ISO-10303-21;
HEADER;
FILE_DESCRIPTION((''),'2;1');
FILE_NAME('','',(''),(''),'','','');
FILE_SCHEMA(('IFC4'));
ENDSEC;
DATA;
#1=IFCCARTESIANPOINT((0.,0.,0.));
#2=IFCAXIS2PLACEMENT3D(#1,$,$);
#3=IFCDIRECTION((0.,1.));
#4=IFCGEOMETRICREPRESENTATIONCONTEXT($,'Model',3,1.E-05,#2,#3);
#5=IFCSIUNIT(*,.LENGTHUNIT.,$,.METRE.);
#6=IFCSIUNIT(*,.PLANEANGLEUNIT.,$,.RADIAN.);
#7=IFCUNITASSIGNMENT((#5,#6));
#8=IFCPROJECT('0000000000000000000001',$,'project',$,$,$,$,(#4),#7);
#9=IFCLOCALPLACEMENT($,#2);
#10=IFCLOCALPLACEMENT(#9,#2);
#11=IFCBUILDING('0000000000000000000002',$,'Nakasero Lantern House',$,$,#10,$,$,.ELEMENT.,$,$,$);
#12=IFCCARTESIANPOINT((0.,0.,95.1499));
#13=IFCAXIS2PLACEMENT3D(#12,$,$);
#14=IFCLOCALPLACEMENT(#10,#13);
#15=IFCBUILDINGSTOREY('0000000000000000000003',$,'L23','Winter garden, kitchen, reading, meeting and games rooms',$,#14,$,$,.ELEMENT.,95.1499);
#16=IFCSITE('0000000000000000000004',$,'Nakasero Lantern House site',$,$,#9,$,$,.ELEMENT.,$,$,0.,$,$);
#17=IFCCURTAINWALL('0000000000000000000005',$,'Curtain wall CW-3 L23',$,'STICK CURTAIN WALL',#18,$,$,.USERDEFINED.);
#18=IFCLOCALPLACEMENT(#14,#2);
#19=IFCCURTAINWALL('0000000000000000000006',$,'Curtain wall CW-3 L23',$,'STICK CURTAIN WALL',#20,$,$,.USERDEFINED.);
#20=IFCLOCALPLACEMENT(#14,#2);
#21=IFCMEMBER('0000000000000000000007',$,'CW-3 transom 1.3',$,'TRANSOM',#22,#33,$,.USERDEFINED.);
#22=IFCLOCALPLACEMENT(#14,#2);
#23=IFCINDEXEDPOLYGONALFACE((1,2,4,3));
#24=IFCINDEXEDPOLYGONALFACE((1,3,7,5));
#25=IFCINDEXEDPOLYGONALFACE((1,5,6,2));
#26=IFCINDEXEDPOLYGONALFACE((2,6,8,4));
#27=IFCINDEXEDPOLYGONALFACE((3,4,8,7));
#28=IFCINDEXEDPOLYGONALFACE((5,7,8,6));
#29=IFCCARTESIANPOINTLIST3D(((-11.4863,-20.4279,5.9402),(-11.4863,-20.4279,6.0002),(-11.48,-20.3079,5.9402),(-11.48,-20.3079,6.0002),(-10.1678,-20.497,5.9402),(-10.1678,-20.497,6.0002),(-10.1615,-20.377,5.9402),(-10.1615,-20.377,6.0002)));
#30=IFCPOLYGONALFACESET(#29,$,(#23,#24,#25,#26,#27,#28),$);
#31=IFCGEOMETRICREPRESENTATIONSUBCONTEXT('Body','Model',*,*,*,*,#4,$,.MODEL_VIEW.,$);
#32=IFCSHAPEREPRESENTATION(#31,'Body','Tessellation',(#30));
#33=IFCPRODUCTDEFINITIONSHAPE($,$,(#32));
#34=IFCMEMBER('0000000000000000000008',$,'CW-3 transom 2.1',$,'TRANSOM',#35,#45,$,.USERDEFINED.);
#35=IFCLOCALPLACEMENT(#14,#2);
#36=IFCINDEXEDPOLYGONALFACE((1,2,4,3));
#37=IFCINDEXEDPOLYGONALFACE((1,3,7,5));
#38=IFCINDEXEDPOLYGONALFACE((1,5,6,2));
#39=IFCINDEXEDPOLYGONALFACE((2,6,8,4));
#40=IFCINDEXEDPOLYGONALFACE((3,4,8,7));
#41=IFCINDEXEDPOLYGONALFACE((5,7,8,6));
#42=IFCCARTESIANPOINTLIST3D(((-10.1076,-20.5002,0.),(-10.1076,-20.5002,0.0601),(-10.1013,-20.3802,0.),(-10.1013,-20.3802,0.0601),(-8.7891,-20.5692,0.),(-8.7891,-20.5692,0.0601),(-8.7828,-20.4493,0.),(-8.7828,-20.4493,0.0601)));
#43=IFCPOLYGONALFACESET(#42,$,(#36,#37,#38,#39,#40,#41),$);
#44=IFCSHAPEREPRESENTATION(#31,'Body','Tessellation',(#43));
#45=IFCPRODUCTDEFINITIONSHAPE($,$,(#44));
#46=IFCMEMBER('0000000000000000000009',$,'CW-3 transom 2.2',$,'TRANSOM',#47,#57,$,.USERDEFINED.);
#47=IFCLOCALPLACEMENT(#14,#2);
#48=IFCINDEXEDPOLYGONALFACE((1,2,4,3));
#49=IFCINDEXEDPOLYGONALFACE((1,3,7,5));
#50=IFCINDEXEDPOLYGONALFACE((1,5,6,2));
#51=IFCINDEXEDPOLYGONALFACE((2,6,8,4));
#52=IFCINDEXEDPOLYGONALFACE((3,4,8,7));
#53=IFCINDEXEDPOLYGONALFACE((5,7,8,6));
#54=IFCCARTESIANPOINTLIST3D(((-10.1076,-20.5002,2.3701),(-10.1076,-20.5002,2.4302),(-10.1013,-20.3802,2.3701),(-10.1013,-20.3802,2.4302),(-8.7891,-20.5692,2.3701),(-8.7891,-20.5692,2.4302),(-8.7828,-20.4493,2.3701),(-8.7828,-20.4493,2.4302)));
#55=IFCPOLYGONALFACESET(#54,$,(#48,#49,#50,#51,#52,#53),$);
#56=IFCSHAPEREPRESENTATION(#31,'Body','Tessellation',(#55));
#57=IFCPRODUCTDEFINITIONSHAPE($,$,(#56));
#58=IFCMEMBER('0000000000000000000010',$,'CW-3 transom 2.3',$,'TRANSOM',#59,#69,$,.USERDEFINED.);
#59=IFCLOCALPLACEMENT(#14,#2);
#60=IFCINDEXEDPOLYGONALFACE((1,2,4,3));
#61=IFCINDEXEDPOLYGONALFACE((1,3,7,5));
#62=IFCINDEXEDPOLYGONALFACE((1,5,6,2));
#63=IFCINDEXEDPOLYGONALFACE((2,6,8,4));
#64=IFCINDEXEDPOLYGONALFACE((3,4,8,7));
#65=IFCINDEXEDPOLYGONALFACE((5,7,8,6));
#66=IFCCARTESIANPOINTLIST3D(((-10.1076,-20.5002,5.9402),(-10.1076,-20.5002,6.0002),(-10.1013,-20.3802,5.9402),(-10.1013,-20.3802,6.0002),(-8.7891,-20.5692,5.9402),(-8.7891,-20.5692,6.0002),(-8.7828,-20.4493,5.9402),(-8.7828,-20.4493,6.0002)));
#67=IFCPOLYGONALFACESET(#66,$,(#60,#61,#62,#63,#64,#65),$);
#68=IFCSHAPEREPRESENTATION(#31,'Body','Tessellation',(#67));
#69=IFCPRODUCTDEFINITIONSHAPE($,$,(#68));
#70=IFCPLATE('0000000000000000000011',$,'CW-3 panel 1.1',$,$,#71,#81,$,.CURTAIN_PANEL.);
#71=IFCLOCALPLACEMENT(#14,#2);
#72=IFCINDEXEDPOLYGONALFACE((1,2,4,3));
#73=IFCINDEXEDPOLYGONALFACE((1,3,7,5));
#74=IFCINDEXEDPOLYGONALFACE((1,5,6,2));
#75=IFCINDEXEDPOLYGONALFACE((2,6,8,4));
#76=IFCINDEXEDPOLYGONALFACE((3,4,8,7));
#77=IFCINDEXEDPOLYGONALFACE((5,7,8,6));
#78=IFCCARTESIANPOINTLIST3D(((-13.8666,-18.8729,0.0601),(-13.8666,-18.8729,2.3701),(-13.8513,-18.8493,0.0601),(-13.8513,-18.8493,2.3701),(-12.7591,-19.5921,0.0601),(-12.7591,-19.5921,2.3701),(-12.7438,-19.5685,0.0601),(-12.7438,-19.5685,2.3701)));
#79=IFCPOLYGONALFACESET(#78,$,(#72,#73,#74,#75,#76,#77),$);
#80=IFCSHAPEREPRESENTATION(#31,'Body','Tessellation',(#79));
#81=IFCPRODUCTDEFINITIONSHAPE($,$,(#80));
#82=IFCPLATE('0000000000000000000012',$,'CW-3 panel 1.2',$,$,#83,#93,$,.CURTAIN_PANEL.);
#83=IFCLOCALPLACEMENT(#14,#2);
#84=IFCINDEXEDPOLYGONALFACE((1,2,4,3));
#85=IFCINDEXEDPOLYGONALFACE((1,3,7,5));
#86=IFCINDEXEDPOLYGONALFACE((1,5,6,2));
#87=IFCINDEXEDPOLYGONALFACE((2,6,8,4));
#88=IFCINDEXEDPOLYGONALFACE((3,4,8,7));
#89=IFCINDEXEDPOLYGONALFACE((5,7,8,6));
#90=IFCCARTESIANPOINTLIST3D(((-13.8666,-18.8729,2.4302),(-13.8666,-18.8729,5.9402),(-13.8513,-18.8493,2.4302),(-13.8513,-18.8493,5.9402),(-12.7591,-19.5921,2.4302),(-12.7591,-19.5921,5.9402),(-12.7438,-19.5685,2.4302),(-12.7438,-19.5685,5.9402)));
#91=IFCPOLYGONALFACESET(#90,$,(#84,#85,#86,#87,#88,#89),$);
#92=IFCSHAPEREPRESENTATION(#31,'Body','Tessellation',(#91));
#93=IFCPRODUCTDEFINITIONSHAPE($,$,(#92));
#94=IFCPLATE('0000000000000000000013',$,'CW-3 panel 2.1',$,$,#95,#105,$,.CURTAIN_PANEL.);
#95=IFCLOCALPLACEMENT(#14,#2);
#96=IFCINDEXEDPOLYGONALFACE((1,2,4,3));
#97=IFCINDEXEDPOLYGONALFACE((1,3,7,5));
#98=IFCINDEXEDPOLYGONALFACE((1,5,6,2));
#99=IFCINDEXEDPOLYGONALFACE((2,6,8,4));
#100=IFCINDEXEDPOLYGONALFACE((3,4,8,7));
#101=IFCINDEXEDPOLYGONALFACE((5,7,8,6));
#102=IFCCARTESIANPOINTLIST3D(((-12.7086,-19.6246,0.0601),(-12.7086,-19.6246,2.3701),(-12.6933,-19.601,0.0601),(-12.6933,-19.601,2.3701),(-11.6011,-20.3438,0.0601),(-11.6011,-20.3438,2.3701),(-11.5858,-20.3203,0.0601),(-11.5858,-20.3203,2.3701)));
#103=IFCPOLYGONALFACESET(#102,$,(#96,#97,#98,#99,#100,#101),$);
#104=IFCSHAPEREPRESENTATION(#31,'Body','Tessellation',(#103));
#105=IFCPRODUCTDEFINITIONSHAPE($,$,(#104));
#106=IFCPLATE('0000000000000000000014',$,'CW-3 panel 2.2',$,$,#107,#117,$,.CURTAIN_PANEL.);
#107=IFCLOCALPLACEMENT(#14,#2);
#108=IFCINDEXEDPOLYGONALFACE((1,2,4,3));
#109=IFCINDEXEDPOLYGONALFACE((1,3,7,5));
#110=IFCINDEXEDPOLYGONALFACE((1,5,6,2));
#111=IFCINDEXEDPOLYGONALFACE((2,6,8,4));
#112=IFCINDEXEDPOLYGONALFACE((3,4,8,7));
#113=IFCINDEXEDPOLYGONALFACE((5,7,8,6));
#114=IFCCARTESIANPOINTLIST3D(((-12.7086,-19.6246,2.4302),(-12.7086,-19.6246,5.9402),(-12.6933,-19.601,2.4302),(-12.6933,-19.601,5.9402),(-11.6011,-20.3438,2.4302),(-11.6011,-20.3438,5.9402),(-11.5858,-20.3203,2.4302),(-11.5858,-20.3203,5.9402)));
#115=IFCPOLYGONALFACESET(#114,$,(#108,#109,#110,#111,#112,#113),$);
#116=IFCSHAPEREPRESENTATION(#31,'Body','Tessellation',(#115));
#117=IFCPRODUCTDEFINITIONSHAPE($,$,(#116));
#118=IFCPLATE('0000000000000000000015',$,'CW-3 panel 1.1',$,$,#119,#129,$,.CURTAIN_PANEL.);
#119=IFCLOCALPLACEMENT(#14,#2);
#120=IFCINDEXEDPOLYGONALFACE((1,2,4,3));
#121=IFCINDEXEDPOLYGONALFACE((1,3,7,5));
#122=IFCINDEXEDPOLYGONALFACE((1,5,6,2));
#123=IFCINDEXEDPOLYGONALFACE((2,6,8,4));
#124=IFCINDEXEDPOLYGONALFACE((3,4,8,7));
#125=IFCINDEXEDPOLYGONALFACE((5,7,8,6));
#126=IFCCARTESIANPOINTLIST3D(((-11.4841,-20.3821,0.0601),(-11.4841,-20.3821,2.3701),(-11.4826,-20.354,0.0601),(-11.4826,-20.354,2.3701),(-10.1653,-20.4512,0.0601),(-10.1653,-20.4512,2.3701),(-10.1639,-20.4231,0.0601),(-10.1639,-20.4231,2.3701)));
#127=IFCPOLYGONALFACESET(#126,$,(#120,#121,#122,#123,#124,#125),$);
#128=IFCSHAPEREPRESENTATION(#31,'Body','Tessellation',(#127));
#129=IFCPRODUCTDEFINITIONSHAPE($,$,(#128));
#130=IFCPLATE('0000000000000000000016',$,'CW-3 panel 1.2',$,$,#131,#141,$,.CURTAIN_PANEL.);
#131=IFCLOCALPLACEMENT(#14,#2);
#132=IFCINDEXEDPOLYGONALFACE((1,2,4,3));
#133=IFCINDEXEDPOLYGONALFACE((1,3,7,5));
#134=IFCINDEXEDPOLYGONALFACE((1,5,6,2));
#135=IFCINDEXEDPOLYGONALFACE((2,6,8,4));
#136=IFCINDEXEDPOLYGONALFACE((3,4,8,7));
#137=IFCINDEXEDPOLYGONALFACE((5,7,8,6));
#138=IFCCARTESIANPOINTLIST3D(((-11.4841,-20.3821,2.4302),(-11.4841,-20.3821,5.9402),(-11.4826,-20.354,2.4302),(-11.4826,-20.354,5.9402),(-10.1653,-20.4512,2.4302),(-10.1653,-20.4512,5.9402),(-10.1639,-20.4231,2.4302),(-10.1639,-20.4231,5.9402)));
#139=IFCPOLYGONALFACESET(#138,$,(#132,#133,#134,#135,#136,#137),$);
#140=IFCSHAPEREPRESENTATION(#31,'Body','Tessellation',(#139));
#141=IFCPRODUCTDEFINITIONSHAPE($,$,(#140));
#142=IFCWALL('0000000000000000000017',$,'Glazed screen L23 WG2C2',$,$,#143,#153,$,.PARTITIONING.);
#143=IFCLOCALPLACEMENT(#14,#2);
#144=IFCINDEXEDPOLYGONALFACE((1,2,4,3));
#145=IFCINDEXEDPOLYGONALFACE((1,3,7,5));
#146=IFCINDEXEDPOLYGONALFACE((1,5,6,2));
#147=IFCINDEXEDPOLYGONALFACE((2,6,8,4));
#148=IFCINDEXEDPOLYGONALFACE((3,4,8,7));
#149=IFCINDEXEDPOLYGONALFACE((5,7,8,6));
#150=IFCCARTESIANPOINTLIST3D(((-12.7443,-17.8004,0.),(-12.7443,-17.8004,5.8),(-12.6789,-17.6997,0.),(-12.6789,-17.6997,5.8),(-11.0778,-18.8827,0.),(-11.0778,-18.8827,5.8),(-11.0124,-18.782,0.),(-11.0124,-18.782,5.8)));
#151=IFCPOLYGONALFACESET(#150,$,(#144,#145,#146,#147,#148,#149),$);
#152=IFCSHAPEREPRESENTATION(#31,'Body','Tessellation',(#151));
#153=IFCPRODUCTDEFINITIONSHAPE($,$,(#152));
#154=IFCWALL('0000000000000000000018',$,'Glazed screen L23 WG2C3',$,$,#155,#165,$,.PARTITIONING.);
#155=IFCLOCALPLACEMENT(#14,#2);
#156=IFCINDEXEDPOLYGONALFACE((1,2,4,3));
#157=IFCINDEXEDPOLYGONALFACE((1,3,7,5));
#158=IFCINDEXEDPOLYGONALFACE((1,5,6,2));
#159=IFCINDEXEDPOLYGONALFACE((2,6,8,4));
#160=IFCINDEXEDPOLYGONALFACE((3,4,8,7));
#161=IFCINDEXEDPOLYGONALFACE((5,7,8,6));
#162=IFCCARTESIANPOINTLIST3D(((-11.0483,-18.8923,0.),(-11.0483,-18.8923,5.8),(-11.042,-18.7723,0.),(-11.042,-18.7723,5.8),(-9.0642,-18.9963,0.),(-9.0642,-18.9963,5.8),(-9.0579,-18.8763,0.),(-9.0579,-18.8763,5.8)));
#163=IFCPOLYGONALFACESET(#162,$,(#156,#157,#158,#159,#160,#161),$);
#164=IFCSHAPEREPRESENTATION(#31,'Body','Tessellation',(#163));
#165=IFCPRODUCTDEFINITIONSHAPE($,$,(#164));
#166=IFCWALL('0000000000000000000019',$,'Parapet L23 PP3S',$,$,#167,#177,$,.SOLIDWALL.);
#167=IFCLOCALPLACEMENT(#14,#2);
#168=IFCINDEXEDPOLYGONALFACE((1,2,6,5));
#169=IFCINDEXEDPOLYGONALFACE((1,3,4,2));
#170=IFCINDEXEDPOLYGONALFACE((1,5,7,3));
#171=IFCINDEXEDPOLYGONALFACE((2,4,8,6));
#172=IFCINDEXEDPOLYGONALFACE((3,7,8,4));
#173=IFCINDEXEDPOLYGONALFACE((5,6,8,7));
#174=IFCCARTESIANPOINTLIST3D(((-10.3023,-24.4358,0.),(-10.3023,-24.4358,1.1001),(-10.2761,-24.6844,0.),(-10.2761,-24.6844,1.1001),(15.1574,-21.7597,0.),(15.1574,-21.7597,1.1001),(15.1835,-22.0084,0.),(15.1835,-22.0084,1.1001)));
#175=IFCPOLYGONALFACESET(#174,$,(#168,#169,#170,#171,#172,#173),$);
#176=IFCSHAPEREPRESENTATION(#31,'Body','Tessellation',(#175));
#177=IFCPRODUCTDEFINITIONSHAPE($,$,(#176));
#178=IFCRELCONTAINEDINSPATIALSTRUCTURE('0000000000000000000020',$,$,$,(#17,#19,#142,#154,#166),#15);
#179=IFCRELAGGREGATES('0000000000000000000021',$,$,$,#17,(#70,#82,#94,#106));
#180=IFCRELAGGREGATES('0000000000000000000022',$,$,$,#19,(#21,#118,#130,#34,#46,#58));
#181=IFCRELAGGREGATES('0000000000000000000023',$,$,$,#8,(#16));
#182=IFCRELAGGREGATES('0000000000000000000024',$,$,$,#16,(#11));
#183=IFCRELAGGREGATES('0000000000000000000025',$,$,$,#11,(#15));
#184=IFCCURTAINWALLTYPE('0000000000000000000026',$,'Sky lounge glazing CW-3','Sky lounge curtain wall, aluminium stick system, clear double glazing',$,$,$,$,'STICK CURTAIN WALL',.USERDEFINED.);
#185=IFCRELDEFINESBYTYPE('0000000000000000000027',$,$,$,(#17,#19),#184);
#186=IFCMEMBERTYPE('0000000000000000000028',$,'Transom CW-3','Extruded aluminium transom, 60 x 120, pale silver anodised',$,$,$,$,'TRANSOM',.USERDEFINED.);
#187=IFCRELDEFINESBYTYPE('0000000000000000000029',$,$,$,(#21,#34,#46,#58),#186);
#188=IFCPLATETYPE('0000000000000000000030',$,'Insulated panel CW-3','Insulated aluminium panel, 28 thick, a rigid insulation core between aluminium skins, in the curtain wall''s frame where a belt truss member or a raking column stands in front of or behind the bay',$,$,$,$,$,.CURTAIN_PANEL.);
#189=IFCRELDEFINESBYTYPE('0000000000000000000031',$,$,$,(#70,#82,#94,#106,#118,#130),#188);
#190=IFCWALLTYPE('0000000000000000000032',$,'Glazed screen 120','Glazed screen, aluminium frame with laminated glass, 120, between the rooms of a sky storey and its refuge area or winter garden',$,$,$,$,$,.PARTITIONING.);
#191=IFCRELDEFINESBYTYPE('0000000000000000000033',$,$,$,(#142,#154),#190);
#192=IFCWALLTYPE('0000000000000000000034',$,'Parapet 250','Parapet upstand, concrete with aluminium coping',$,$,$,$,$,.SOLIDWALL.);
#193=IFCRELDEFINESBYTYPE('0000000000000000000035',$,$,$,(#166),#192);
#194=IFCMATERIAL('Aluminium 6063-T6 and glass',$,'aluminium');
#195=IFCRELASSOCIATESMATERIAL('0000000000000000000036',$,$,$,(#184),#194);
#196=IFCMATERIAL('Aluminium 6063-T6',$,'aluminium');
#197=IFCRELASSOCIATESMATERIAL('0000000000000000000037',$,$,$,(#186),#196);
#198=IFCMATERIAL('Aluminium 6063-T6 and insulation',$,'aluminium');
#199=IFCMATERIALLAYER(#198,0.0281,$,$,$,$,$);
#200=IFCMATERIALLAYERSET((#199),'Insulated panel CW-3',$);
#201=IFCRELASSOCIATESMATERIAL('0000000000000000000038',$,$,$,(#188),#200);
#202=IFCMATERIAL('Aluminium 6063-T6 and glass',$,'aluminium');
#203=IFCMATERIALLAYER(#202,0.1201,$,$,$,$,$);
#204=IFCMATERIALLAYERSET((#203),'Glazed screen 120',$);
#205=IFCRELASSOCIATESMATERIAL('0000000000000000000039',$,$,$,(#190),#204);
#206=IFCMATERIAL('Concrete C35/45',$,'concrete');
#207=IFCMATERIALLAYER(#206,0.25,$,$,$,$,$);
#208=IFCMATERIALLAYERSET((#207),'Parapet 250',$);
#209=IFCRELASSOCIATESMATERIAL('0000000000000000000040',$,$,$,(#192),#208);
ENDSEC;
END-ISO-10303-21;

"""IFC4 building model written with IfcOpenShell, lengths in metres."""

from ifc_helpers import new_model, si_unit, direction, frame, frame_2d, origin, origin_2d, place, context, subcontext, project, spatial, rectangle, extrude, material, layer, layer_set, material_profile, profile_set, type_object, element, aggregate, save


model = new_model("IFC4")

# Units and contexts
model_context = context("Model", 3, precision=1e-05, world=origin(), true_north=direction((0.0, 1.0)))
body_context = subcontext(model_context, "Body", "Model", "MODEL_VIEW")
ifc_project = project(units=[si_unit("LENGTHUNIT", "METRE"), si_unit("PLANEANGLEUNIT", "RADIAN")], contexts=[model_context])

# Site, building, storey
site_placement = place(None, origin())
site = spatial("IfcSite", under=ifc_project, at=site_placement, Name="Nakasero Lantern House site", CompositionType="ELEMENT", RefElevation=0.0)
building_placement = place(site_placement, origin())
building = spatial("IfcBuilding", under=site, at=building_placement, Name="Nakasero Lantern House", CompositionType="ELEMENT")
storey_placement = place(building_placement, frame((0.0, 0.0, 95.1499)))
storey = spatial("IfcBuildingStorey", under=building, at=storey_placement, Name="L23", Description="Winter garden, kitchen, reading, meeting and games rooms", CompositionType="ELEMENT", Elevation=95.1499)

# Curtain walls
ifc_material_1 = material(Name="Aluminium 6063-T6 and glass", Category="aluminium")
curtain_wall_type = type_object("IfcCurtainWallType", Name="Sky lounge glazing CW-3", Description="Sky lounge curtain wall, aluminium stick system, clear double glazing", ElementType="STICK CURTAIN WALL", PredefinedType="USERDEFINED", material=ifc_material_1)
curtain_wall_1_placement = place(storey_placement, origin())
curtain_wall_1 = element("IfcCurtainWall", 1, at=curtain_wall_1_placement, inside=storey, type_object=curtain_wall_type, Name="Curtain wall CW-3 L23", ObjectType="STICK CURTAIN WALL", PredefinedType="USERDEFINED")
curtain_wall_2_placement = place(storey_placement, origin())
curtain_wall_2 = element("IfcCurtainWall", 2, at=curtain_wall_2_placement, inside=storey, type_object=curtain_wall_type, Name="Curtain wall CW-3 L23", ObjectType="STICK CURTAIN WALL", PredefinedType="USERDEFINED")

# Members
ifc_material_2 = material(Name="Aluminium 6063-T6", Category="aluminium")
ifc_material_profile_1 = material_profile(ifc_material_2, rectangle(XDim=0.0601, YDim=0.1201, at=origin_2d()), Name="CW-3 transom 60x120")
ifc_profile_set_1 = profile_set([ifc_material_profile_1], Name="Aluminium 6063-T6")
member_type_1 = type_object("IfcMemberType", Name="Transom CW-3", Description="Extruded aluminium transom, 60 x 120, pale silver anodised", ElementType="TRANSOM", PredefinedType="USERDEFINED", material=ifc_profile_set_1)
member_1_placement = place(storey_placement, frame((-11.4832, -20.3679, 5.9702), z_axis=(0.99863, -0.052326, 0.0), x_axis=(0.0, 0.0, 1.0)))
member_1 = element("IfcMember", 3, at=member_1_placement, type_object=member_type_1, Name="CW-3 transom 1.3", ObjectType="TRANSOM", PredefinedType="USERDEFINED", context=body_context, shape_type="SweptSolid", body=[
    extrude(rectangle(XDim=0.0601, YDim=0.1201, at=origin_2d()), origin(), (0.0, 0.0, 1.0), 1.3203),
])
member_2_placement = place(storey_placement, frame((-10.1045, -20.4402, 0.03), z_axis=(0.99863, -0.052326, 0.0), x_axis=(0.0, 0.0, 1.0)))
member_2 = element("IfcMember", 4, at=member_2_placement, type_object=member_type_1, Name="CW-3 transom 2.1", ObjectType="TRANSOM", PredefinedType="USERDEFINED", context=body_context, shape_type="SweptSolid", body=[
    extrude(rectangle(XDim=0.0601, YDim=0.1201, at=origin_2d()), origin(), (0.0, 0.0, 1.0), 1.3203),
])
member_3_placement = place(storey_placement, frame((-10.1045, -20.4402, 2.4001), z_axis=(0.99863, -0.052326, 0.0), x_axis=(0.0, 0.0, 1.0)))
member_3 = element("IfcMember", 5, at=member_3_placement, type_object=member_type_1, Name="CW-3 transom 2.2", ObjectType="TRANSOM", PredefinedType="USERDEFINED", context=body_context, shape_type="SweptSolid", body=[
    extrude(rectangle(XDim=0.0601, YDim=0.1201, at=origin_2d()), origin(), (0.0, 0.0, 1.0), 1.3203),
])
member_4_placement = place(storey_placement, frame((-10.1045, -20.4402, 5.9702), z_axis=(0.99863, -0.052326, 0.0), x_axis=(0.0, 0.0, 1.0)))
member_4 = element("IfcMember", 6, at=member_4_placement, type_object=member_type_1, Name="CW-3 transom 2.3", ObjectType="TRANSOM", PredefinedType="USERDEFINED", context=body_context, shape_type="SweptSolid", body=[
    extrude(rectangle(XDim=0.0601, YDim=0.1201, at=origin_2d()), origin(), (0.0, 0.0, 1.0), 1.3203),
])

# Plates
ifc_material_3 = material(Name="Aluminium 6063-T6 and insulation", Category="aluminium")
ifc_layer_1 = layer(ifc_material_3, 0.0281)
ifc_layer_set_1 = layer_set([ifc_layer_1], Name="Insulated panel CW-3")
plate_type = type_object("IfcPlateType", Name="Insulated panel CW-3", Description="Insulated aluminium panel, 28 thick, a rigid insulation core between aluminium skins, in the curtain wall's frame where a belt truss member or a raking column stands in front of or behind the bay", PredefinedType="CURTAIN_PANEL", material=ifc_layer_set_1)
plate_1_placement = place(storey_placement, frame((-13.3052, -19.2207, 0.0601), z_axis=(0.0, 0.0, 1.0), x_axis=(0.838671, -0.544639, 0.0)))
plate_1 = element("IfcPlate", 7, at=plate_1_placement, type_object=plate_type, Name="CW-3 panel 1.1", PredefinedType="CURTAIN_PANEL", context=body_context, shape_type="SweptSolid", body=[
    extrude(rectangle(XDim=1.3206, YDim=0.0281, at=origin_2d()), origin(), (0.0, 0.0, 1.0), 2.3101),
])
plate_2_placement = place(storey_placement, frame((-13.3052, -19.2207, 2.4302), z_axis=(0.0, 0.0, 1.0), x_axis=(0.838671, -0.544639, 0.0)))
plate_2 = element("IfcPlate", 8, at=plate_2_placement, type_object=plate_type, Name="CW-3 panel 1.2", PredefinedType="CURTAIN_PANEL", context=body_context, shape_type="SweptSolid", body=[
    extrude(rectangle(XDim=1.3206, YDim=0.0281, at=origin_2d()), origin(), (0.0, 0.0, 1.0), 3.51),
])
plate_3_placement = place(storey_placement, frame((-12.1472, -19.9724, 0.0601), z_axis=(0.0, 0.0, 1.0), x_axis=(0.838671, -0.544639, 0.0)))
plate_3 = element("IfcPlate", 9, at=plate_3_placement, type_object=plate_type, Name="CW-3 panel 2.1", PredefinedType="CURTAIN_PANEL", context=body_context, shape_type="SweptSolid", body=[
    extrude(rectangle(XDim=1.3206, YDim=0.0281, at=origin_2d()), origin(), (0.0, 0.0, 1.0), 2.3101),
])
plate_4_placement = place(storey_placement, frame((-12.1472, -19.9724, 2.4302), z_axis=(0.0, 0.0, 1.0), x_axis=(0.838671, -0.544639, 0.0)))
plate_4 = element("IfcPlate", 10, at=plate_4_placement, type_object=plate_type, Name="CW-3 panel 2.2", PredefinedType="CURTAIN_PANEL", context=body_context, shape_type="SweptSolid", body=[
    extrude(rectangle(XDim=1.3206, YDim=0.0281, at=origin_2d()), origin(), (0.0, 0.0, 1.0), 3.51),
])
aggregate(curtain_wall_1, [plate_1, plate_2, plate_3, plate_4])
plate_5_placement = place(storey_placement, frame((-10.824, -20.4026, 0.0601), z_axis=(0.0, 0.0, 1.0), x_axis=(0.99863, -0.052336, 0.0)))
plate_5 = element("IfcPlate", 11, at=plate_5_placement, type_object=plate_type, Name="CW-3 panel 1.1", PredefinedType="CURTAIN_PANEL", context=body_context, shape_type="SweptSolid", body=[
    extrude(rectangle(XDim=1.3206, YDim=0.0281, at=origin_2d()), origin(), (0.0, 0.0, 1.0), 2.3101),
])
plate_6_placement = place(storey_placement, frame((-10.824, -20.4026, 2.4302), z_axis=(0.0, 0.0, 1.0), x_axis=(0.99863, -0.052336, 0.0)))
plate_6 = element("IfcPlate", 12, at=plate_6_placement, type_object=plate_type, Name="CW-3 panel 1.2", PredefinedType="CURTAIN_PANEL", context=body_context, shape_type="SweptSolid", body=[
    extrude(rectangle(XDim=1.3206, YDim=0.0281, at=origin_2d()), origin(), (0.0, 0.0, 1.0), 3.51),
])
aggregate(curtain_wall_2, [member_1, plate_5, plate_6, member_2, member_3, member_4])

# Walls
ifc_material_4 = material(Name="Aluminium 6063-T6 and glass", Category="aluminium")
ifc_layer_2 = layer(ifc_material_4, 0.1201)
ifc_layer_set_2 = layer_set([ifc_layer_2], Name="Glazed screen 120")
wall_type_1 = type_object("IfcWallType", Name="Glazed screen 120", Description="Glazed screen, aluminium frame with laminated glass, 120, between the rooms of a sky storey and its refuge area or winter garden", PredefinedType="PARTITIONING", material=ifc_layer_set_2)
wall_1_placement = place(storey_placement, frame((-12.7117, -17.75, 0.0), z_axis=(0.0, 0.0, 1.0), x_axis=(0.838662, -0.544651, 0.0)))
element("IfcWall", 13, at=wall_1_placement, inside=storey, type_object=wall_type_1, Name="Glazed screen L23 WG2C2", PredefinedType="PARTITIONING", context=body_context, shape_type="SweptSolid", body=[
    extrude(rectangle(XDim=1.9871, YDim=0.1201, at=frame_2d((0.9937, 0.0))), origin(), (0.0, 0.0, 1.0), 5.8),
])
wall_2_placement = place(storey_placement, frame((-11.0452, -18.8323, 0.0), z_axis=(0.0, 0.0, 1.0), x_axis=(0.998629, -0.052346, 0.0)))
element("IfcWall", 14, at=wall_2_placement, inside=storey, type_object=wall_type_1, Name="Glazed screen L23 WG2C3", PredefinedType="PARTITIONING", context=body_context, shape_type="SweptSolid", body=[
    extrude(rectangle(XDim=1.9868, YDim=0.1201, at=frame_2d((0.9934, 0.0))), origin(), (0.0, 0.0, 1.0), 5.8),
])
ifc_material_5 = material(Name="Concrete C35/45", Category="concrete")
ifc_layer_3 = layer(ifc_material_5, 0.25)
ifc_layer_set_3 = layer_set([ifc_layer_3], Name="Parapet 250")
wall_type_2 = type_object("IfcWallType", Name="Parapet 250", Description="Parapet upstand, concrete with aluminium coping", PredefinedType="SOLIDWALL", material=ifc_layer_set_3)
wall_3_placement = place(storey_placement, frame((-10.2891, -24.5601, 0.0), z_axis=(0.0, 0.0, 1.0), x_axis=(0.994521, 0.104532, 0.0)))
element("IfcWall", 15, at=wall_3_placement, inside=storey, type_object=wall_type_2, Name="Parapet L23 PP3S", PredefinedType="SOLIDWALL", context=body_context, shape_type="SweptSolid", body=[
    extrude(rectangle(XDim=25.5999, YDim=0.25, at=frame_2d((12.7998, 0.0))), origin(), (0.0, 0.0, 1.0), 1.1001),
])

save(model, "model.ifc")
